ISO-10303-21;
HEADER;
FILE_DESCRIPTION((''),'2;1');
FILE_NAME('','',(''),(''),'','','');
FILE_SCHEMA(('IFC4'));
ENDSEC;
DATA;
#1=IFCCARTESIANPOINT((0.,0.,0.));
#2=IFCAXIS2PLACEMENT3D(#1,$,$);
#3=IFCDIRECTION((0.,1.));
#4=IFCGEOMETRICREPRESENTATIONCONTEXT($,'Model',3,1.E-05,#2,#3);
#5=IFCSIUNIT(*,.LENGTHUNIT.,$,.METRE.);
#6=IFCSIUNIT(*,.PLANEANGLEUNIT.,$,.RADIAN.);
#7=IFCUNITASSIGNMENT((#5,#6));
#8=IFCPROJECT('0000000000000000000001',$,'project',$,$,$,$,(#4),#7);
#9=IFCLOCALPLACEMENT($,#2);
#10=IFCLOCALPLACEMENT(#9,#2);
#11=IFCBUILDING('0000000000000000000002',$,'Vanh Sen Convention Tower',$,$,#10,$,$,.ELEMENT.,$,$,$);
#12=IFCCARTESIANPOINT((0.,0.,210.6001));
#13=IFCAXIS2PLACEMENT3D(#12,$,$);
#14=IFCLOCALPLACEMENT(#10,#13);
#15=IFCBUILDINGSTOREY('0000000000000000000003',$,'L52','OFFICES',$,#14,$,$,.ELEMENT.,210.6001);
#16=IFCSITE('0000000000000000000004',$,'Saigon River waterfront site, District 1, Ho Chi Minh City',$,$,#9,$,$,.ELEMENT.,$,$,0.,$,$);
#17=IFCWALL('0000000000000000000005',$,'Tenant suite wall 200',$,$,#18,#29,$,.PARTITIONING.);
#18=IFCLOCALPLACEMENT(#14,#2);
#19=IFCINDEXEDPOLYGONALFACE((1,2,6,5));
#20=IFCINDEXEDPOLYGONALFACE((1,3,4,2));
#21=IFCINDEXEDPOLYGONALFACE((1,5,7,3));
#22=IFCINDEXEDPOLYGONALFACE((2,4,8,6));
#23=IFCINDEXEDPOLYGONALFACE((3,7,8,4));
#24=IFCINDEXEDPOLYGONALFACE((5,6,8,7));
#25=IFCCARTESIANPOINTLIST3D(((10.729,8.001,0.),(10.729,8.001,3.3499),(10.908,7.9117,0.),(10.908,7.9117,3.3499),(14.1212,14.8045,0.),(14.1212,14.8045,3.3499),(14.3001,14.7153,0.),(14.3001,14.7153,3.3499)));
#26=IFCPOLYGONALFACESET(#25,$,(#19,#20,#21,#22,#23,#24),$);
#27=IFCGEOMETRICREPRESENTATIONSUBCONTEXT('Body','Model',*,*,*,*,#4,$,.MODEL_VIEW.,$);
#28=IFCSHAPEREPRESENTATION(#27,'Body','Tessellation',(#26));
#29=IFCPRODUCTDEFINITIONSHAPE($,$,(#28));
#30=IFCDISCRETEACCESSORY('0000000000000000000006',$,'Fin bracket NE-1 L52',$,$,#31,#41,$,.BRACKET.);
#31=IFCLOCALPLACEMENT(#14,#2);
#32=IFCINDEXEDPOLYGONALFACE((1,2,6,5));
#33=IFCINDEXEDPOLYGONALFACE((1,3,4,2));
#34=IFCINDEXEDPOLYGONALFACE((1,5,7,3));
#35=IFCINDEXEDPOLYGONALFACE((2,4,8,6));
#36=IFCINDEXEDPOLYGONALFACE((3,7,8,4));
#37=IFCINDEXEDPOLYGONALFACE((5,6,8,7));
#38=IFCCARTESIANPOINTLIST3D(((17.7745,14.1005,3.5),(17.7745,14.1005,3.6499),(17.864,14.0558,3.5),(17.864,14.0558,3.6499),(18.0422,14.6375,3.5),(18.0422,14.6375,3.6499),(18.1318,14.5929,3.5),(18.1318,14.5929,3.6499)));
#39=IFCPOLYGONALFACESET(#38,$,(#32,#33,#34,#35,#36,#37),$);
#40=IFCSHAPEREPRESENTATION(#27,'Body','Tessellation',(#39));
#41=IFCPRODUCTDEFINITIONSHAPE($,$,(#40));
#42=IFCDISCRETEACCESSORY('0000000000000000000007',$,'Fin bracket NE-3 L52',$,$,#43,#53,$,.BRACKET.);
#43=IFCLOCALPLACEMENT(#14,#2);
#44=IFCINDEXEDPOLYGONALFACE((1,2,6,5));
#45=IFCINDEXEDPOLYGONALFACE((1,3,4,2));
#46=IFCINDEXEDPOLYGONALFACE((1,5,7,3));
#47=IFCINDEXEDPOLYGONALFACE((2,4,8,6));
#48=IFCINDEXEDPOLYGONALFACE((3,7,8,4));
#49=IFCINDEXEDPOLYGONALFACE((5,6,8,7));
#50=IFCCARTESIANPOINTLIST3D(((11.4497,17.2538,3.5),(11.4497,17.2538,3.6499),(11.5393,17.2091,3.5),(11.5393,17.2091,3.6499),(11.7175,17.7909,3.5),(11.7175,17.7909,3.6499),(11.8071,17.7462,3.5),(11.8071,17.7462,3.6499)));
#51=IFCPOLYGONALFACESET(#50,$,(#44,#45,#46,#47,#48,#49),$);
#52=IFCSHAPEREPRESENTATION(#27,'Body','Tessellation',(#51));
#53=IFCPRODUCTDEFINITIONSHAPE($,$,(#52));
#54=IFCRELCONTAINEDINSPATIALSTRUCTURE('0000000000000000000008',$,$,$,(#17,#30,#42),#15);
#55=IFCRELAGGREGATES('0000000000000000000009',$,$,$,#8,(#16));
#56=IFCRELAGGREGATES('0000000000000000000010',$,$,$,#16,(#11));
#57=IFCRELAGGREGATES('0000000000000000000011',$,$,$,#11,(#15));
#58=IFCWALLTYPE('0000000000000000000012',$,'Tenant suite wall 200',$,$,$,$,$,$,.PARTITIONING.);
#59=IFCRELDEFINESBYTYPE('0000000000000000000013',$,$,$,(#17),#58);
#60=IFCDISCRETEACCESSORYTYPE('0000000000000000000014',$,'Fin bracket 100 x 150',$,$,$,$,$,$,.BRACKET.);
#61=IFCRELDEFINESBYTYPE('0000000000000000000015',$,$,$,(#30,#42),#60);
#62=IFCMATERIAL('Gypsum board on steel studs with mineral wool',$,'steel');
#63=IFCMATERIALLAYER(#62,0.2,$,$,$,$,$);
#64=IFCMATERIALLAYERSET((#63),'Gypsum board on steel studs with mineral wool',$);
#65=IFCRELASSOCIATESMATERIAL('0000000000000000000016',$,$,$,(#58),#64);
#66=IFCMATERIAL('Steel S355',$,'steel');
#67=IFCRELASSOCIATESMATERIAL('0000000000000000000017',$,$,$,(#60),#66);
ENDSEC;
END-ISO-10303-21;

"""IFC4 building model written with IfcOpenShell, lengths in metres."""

from ifc_helpers import new_model, si_unit, direction, frame, frame_2d, origin, origin_2d, place, context, subcontext, project, spatial, rectangle, extrude, material, layer, layer_set, type_object, element, save


model = new_model("IFC4")

# Units and contexts
model_context = context("Model", 3, precision=1e-05, world=origin(), true_north=direction((0.0, 1.0)))
body_context = subcontext(model_context, "Body", "Model", "MODEL_VIEW")
ifc_project = project(units=[si_unit("LENGTHUNIT", "METRE"), si_unit("PLANEANGLEUNIT", "RADIAN")], contexts=[model_context])

# Site, building, storey
site_placement = place(None, origin())
site = spatial("IfcSite", under=ifc_project, at=site_placement, Name="Saigon River waterfront site, District 1, Ho Chi Minh City", CompositionType="ELEMENT", RefElevation=0.0)
building_placement = place(site_placement, origin())
building = spatial("IfcBuilding", under=site, at=building_placement, Name="Vanh Sen Convention Tower", CompositionType="ELEMENT")
storey_placement = place(building_placement, frame((0.0, 0.0, 210.6001)))
storey = spatial("IfcBuildingStorey", under=building, at=storey_placement, Name="L52", Description="OFFICES", CompositionType="ELEMENT", Elevation=210.6001)

# Wall
ifc_material_1 = material(Name="Gypsum board on steel studs with mineral wool", Category="steel")
ifc_layer_1 = layer(ifc_material_1, 0.2)
ifc_layer_set_1 = layer_set([ifc_layer_1], Name="Gypsum board on steel studs with mineral wool")
wall_type_1 = type_object("IfcWallType", Name="Tenant suite wall 200", PredefinedType="PARTITIONING", material=ifc_layer_set_1)
wall_1_placement = place(storey_placement, frame((14.2107, 14.76, 0.0), z_axis=(0.0, 0.0, 1.0), x_axis=(-0.446198, -0.894934, 0.0)))
element("IfcWall", 1, at=wall_1_placement, inside=storey, type_object=wall_type_1, Name="Tenant suite wall 200", PredefinedType="PARTITIONING", context=body_context, shape_type="SweptSolid", body=[
    extrude(rectangle(XDim=7.6023, YDim=0.2, at=frame_2d((3.8013, 0.0))), origin(), (0.0, 0.0, 1.0), 3.3499),
])

# Discrete accessories
ifc_material_2 = material(Name="Steel S355", Category="steel")
discrete_accessory_type = type_object("IfcDiscreteAccessoryType", Name="Fin bracket 100 x 150", PredefinedType="BRACKET", material=ifc_material_2)
for number, where, z_axis, x_axis, name in (
    (2, (17.9531, 14.3467, 3.5), (0.0, 0.0, 1.0), (0.446198, 0.894934, 0.0), "Fin bracket NE-1 L52"),
    (3, (11.6284, 17.5, 3.5), (0.0, 0.0, 1.0), (0.446198, 0.894934, 0.0), "Fin bracket NE-3 L52"),
):
    element("IfcDiscreteAccessory", number, at=place(storey_placement, frame(where, z_axis=z_axis, x_axis=x_axis)), inside=storey, type_object=discrete_accessory_type, Name=name, PredefinedType="BRACKET", context=body_context, shape_type="SweptSolid", body=[
        extrude(rectangle(XDim=0.6001, YDim=0.1001, at=origin_2d()), origin(), (0.0, 0.0, 1.0), 0.1499),
    ])

save(model, "model.ifc")
